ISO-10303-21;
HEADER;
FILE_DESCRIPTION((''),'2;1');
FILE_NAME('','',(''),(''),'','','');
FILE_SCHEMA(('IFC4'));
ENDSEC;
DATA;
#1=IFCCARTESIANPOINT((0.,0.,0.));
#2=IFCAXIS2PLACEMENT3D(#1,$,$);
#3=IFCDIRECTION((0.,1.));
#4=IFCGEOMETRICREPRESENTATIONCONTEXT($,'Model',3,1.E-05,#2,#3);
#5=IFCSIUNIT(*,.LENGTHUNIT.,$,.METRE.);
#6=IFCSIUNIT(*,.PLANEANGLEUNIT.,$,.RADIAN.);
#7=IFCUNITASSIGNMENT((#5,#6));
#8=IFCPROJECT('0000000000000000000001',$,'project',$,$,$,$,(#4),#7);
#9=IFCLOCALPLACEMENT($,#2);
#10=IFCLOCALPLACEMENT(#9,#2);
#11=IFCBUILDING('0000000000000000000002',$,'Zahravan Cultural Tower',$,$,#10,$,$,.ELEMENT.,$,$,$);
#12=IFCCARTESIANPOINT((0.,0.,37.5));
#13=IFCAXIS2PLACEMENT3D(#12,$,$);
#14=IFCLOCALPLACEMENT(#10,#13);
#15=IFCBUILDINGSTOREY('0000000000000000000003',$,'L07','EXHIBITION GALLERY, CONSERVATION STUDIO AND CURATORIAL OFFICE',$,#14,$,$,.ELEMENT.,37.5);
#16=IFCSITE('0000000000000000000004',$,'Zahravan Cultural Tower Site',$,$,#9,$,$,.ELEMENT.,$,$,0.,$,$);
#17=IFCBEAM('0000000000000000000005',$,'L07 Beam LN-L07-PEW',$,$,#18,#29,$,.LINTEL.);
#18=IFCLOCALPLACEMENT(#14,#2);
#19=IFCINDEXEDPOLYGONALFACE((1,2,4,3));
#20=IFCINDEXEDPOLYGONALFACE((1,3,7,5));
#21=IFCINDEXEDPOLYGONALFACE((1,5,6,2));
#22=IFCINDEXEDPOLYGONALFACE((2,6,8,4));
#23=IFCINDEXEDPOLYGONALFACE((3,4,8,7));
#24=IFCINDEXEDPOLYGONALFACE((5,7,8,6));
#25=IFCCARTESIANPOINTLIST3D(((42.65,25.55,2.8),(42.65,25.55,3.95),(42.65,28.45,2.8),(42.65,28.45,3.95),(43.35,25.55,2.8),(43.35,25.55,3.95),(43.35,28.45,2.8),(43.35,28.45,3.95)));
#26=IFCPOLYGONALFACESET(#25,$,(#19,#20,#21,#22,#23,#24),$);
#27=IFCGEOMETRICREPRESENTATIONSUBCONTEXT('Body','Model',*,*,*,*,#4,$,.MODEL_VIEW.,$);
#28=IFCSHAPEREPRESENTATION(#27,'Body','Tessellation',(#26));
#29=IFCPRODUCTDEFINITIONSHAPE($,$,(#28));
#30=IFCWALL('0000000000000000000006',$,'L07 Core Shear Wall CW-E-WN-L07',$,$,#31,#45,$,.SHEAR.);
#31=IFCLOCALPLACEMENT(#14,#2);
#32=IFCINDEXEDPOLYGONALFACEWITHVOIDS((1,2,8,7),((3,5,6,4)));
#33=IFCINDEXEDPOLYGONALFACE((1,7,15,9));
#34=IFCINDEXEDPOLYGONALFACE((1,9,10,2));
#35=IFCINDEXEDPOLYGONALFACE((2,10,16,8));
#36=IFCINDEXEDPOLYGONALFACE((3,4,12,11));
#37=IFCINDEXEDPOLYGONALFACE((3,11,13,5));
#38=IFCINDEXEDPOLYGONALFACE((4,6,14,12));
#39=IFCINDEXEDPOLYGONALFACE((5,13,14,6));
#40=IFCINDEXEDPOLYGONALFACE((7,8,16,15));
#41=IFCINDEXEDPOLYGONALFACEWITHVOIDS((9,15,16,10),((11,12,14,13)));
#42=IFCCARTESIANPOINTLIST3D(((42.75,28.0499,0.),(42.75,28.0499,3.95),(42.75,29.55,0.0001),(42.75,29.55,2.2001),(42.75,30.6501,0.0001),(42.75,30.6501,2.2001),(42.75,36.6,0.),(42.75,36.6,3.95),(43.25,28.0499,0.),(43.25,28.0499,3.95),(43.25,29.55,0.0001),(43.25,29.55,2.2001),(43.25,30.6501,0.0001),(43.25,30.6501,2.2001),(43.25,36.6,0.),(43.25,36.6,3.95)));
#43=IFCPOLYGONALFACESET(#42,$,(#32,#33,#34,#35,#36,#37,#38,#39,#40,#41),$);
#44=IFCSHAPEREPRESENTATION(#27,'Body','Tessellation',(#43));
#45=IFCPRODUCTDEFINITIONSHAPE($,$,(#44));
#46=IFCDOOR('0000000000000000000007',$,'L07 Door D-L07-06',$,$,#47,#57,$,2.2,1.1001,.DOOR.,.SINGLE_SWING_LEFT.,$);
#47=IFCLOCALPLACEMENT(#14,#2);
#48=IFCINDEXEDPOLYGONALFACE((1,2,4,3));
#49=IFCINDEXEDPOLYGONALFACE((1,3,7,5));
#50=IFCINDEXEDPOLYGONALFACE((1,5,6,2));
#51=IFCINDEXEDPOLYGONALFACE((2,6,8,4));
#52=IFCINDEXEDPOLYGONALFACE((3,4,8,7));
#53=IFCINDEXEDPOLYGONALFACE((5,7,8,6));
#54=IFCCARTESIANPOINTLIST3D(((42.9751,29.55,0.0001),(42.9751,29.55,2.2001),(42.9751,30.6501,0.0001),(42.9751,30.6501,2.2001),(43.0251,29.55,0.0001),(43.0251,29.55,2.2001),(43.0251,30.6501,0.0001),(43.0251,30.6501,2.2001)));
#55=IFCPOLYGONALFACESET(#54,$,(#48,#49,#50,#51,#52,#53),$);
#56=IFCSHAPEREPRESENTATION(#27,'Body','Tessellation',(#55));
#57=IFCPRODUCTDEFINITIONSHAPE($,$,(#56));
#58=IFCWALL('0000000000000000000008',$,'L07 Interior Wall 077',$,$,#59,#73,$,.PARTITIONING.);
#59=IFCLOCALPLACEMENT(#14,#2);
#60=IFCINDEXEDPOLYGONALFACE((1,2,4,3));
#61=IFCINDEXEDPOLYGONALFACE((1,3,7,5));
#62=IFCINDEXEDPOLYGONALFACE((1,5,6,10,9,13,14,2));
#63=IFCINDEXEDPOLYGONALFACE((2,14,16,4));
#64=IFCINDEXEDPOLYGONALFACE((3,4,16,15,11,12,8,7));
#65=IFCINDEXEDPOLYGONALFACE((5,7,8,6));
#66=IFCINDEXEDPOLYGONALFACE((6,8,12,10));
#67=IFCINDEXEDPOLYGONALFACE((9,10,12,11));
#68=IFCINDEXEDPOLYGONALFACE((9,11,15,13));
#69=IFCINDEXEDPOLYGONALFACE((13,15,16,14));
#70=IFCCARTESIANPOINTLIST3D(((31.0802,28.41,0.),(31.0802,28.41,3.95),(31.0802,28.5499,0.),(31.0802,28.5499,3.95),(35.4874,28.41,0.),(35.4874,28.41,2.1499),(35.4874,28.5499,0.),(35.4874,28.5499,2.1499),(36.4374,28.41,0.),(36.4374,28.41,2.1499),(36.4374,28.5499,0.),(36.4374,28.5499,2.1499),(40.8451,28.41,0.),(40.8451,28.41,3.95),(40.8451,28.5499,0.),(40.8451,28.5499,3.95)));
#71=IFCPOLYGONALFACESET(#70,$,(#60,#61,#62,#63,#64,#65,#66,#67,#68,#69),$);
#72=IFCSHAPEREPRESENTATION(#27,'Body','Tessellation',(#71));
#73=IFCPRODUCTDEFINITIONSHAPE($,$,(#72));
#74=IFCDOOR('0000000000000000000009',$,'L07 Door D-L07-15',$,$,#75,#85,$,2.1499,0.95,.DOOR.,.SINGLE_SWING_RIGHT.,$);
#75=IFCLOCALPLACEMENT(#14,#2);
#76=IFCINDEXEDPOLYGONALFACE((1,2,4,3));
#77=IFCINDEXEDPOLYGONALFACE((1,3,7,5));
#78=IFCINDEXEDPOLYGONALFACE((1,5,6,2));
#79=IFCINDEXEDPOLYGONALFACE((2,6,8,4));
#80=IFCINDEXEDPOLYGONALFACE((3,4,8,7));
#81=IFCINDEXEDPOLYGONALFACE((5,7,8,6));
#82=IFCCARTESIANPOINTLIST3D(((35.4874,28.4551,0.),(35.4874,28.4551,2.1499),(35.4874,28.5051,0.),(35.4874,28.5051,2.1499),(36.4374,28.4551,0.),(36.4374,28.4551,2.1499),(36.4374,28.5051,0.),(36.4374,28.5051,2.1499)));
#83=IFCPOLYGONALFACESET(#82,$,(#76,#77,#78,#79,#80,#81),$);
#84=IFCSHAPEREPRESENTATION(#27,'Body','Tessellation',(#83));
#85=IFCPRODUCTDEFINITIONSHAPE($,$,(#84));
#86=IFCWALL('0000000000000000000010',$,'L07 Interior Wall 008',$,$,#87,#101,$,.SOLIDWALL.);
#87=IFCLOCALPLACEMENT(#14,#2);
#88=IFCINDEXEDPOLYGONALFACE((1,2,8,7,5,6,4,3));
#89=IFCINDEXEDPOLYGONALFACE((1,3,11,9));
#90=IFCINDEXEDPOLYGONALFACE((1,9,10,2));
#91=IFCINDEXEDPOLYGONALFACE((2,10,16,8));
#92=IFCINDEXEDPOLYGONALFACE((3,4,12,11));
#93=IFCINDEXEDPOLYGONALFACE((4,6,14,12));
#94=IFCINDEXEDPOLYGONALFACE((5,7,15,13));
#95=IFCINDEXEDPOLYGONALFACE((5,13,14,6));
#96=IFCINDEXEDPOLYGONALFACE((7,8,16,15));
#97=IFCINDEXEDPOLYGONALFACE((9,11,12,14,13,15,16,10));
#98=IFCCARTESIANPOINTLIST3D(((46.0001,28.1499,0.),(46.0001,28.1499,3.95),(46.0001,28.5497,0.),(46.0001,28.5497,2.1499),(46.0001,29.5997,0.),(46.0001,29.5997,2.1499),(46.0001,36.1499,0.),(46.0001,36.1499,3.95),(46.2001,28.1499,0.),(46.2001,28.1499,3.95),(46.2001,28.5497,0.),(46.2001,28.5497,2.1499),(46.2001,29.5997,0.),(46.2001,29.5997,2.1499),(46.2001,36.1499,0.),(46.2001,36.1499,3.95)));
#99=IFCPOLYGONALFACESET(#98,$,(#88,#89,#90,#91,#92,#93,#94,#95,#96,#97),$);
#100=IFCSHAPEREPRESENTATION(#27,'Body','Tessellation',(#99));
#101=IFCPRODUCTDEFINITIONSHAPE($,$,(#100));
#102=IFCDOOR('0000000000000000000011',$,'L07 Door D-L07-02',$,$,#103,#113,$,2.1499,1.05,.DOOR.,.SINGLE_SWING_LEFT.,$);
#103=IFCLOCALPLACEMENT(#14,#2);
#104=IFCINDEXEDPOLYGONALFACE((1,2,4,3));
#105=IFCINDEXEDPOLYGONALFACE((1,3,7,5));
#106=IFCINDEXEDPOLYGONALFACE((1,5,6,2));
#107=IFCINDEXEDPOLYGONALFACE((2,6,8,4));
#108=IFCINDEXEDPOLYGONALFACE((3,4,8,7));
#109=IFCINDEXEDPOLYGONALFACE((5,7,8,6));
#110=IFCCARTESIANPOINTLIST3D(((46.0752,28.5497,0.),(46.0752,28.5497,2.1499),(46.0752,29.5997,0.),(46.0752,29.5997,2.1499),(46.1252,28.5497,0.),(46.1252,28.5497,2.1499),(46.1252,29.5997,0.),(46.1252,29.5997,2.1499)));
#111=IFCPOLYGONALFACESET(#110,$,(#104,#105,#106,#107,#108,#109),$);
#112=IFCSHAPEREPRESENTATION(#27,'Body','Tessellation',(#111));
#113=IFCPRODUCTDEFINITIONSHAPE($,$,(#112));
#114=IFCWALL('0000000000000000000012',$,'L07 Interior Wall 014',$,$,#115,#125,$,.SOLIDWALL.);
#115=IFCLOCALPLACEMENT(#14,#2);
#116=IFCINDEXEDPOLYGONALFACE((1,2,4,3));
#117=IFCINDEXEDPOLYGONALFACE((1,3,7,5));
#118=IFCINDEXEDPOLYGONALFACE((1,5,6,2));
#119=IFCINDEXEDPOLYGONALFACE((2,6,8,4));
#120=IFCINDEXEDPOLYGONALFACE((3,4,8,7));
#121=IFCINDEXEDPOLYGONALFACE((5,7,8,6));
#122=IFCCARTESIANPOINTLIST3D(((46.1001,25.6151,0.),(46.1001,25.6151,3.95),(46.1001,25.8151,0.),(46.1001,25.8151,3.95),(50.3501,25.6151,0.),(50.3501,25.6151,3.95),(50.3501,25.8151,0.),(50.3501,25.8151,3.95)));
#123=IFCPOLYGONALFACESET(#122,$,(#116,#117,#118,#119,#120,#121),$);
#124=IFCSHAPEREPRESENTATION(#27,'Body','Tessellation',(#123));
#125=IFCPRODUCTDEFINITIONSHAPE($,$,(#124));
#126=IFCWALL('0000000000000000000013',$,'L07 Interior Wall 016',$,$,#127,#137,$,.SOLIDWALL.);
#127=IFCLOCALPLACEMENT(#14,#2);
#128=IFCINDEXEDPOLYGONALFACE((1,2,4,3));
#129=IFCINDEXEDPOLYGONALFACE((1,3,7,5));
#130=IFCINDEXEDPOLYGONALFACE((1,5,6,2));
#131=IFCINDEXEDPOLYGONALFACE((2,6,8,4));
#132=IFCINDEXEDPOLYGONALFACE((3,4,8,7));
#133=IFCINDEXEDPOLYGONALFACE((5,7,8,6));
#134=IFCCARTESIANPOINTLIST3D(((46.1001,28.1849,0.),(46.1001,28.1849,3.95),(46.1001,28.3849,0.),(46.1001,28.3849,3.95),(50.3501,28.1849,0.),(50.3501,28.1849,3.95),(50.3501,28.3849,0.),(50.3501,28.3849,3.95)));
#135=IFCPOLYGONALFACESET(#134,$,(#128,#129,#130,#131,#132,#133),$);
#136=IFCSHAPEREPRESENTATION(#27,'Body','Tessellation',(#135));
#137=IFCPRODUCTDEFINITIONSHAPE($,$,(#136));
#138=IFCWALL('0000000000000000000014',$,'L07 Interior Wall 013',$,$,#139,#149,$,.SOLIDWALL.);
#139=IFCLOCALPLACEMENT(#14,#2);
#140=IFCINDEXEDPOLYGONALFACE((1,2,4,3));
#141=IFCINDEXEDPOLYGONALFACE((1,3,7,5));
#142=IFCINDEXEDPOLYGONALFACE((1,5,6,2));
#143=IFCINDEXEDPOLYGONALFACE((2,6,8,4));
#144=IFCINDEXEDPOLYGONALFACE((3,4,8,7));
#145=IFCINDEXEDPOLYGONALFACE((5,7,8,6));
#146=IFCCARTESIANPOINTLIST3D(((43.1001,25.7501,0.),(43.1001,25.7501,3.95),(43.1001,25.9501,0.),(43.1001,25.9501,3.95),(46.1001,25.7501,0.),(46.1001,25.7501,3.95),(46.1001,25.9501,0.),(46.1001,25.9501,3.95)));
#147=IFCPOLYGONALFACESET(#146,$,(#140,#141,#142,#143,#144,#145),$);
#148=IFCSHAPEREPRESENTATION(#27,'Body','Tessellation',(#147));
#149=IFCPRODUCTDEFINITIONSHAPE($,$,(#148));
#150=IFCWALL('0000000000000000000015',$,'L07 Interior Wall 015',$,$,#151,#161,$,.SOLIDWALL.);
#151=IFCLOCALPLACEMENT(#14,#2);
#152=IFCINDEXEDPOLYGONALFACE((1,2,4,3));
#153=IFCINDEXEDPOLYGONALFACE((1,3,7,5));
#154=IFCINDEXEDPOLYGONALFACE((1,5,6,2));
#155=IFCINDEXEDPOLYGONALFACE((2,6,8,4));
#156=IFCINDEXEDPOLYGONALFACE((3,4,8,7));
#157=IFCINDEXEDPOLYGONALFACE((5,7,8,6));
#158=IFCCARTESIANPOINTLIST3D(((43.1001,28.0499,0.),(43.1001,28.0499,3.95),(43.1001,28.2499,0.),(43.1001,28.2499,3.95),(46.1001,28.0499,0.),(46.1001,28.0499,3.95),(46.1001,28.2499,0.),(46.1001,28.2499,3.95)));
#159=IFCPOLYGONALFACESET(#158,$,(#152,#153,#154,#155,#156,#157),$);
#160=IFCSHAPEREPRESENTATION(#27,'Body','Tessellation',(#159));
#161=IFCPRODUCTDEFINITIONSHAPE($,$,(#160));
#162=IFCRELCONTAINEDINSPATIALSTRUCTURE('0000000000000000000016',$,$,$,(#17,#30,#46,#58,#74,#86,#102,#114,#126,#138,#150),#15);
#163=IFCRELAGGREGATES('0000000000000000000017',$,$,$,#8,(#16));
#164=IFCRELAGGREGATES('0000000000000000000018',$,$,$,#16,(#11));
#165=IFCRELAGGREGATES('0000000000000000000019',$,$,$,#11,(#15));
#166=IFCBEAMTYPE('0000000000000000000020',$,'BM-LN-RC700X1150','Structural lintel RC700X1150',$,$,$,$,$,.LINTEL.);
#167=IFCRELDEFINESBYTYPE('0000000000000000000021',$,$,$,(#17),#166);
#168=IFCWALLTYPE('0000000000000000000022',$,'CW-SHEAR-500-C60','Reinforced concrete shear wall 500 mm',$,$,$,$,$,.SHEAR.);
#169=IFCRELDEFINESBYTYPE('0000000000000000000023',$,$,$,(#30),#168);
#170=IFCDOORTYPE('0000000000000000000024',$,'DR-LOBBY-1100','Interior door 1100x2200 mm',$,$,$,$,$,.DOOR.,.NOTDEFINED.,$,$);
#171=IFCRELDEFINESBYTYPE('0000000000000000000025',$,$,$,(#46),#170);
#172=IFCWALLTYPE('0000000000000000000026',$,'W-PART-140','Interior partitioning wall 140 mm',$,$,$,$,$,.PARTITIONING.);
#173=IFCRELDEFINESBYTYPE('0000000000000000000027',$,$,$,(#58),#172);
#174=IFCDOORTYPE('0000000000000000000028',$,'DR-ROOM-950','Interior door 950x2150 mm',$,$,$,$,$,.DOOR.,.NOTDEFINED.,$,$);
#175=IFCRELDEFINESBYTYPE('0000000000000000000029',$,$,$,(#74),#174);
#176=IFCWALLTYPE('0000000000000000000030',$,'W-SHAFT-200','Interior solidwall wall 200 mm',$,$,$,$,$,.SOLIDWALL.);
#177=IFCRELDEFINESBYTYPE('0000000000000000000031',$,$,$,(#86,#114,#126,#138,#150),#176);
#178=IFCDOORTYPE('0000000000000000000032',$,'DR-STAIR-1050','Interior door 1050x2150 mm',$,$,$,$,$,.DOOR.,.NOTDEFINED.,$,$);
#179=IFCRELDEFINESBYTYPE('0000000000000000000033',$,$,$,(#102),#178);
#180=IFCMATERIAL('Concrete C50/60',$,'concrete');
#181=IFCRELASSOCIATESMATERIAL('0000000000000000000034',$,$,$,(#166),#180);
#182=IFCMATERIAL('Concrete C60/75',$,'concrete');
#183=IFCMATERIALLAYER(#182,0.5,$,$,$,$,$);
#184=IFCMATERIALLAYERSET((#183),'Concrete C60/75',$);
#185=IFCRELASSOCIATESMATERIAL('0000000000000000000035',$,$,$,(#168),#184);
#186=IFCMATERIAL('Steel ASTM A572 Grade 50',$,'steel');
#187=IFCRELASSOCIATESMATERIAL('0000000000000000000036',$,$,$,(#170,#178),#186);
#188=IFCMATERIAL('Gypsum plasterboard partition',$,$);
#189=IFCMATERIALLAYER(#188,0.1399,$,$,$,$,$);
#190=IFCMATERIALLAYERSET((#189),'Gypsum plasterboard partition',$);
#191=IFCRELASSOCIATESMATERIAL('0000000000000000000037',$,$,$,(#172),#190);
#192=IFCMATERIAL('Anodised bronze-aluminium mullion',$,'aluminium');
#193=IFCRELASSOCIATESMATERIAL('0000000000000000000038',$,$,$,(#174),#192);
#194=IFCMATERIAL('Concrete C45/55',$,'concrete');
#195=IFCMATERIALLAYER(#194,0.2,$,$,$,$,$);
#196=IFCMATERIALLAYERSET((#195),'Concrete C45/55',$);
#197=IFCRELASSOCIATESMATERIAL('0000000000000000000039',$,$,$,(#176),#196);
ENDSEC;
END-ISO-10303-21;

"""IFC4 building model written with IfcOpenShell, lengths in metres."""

from ifc_helpers import new_model, si_unit, direction, frame, frame_2d, origin, origin_2d, place, context, subcontext, project, spatial, rectangle, extrude, source, transform, mapped, material, layer, layer_set, material_profile, profile_set, type_object, element, fill, save


model = new_model("IFC4")

# Units and contexts
model_context = context("Model", 3, precision=1e-05, world=origin(), true_north=direction((0.0, 1.0)))
body_context = subcontext(model_context, "Body", "Model", "MODEL_VIEW")
ifc_project = project(units=[si_unit("LENGTHUNIT", "METRE"), si_unit("PLANEANGLEUNIT", "RADIAN")], contexts=[model_context])

# Site, building, storey
site_placement = place(None, origin())
site = spatial("IfcSite", under=ifc_project, at=site_placement, Name="Zahravan Cultural Tower Site", CompositionType="ELEMENT", RefElevation=0.0)
building_placement = place(site_placement, origin())
building = spatial("IfcBuilding", under=site, at=building_placement, Name="Zahravan Cultural Tower", CompositionType="ELEMENT")
storey_placement = place(building_placement, frame((0.0, 0.0, 37.5)))
storey = spatial("IfcBuildingStorey", under=building, at=storey_placement, Name="L07", Description="EXHIBITION GALLERY, CONSERVATION STUDIO AND CURATORIAL OFFICE", CompositionType="ELEMENT", Elevation=37.5)

# Beam
ifc_material_1 = material(Name="Concrete C50/60", Category="concrete")
ifc_material_profile = material_profile(ifc_material_1, rectangle(XDim=0.7, YDim=1.1499, at=origin_2d()), Name="RC700X1150")
ifc_profile_set = profile_set([ifc_material_profile], Name="Concrete C50/60")
beam_type = type_object("IfcBeamType", Name="BM-LN-RC700X1150", Description="Structural lintel RC700X1150", PredefinedType="LINTEL", material=ifc_profile_set)
shared_shape_1 = source(origin(), body_context, "Body", "SweptSolid", [
    extrude(rectangle(XDim=0.7, YDim=1.1499, at=origin_2d()), origin(), (0.0, 0.0, 1.0), 2.8999),
])
beam_placement = place(storey_placement, frame((43.0, 25.55, 3.375), z_axis=(0.0, 1.0, 0.0), x_axis=(-1.0, 0.0, 0.0)))
element("IfcBeam", 1, at=beam_placement, inside=storey, type_object=beam_type, Name="L07 Beam LN-L07-PEW", PredefinedType="LINTEL", context=body_context, shape_type="MappedRepresentation", body=[
    mapped(shared_shape_1, transform((0.0, 0.0, 0.0), x_axis=(1.0, 0.0, 0.0), y_axis=(0.0, 1.0, 0.0), z_axis=(0.0, 0.0, 1.0), scale=1.0)),
])

# Walls, openings, doors
ifc_material_2 = material(Name="Concrete C60/75", Category="concrete")
ifc_layer_1 = layer(ifc_material_2, 0.5)
ifc_layer_set_1 = layer_set([ifc_layer_1], Name="Concrete C60/75")
wall_type_1 = type_object("IfcWallType", Name="CW-SHEAR-500-C60", Description="Reinforced concrete shear wall 500 mm", PredefinedType="SHEAR", material=ifc_layer_set_1)
wall_1_placement = place(storey_placement, frame((43.0, 28.05, 0.0), z_axis=(0.0, 0.0, 1.0), x_axis=(0.0, 1.0, 0.0)))
wall_1 = element("IfcWall", 2, at=wall_1_placement, inside=storey, type_object=wall_type_1, Name="L07 Core Shear Wall CW-E-WN-L07", PredefinedType="SHEAR", context=body_context, shape_type="SweptSolid", body=[
    extrude(rectangle(XDim=8.55, YDim=0.5, at=frame_2d((4.2749, 0.0))), origin(), (0.0, 0.0, 1.0), 3.95),
])
opening_1_placement = place(wall_1_placement, frame((1.5, 0.0, 0.0)))
opening_1 = element("IfcOpeningElement", 3, at=opening_1_placement, cuts=wall_1, PredefinedType="OPENING", context=body_context, shape_type="SweptSolid", body=[
    extrude(rectangle(XDim=1.1001, YDim=2.2, at=frame_2d((0.55, 1.1001))), frame((0.0, 0.26, 0.0), z_axis=(0.0, -1.0, 0.0), x_axis=(1.0, 0.0, 0.0)), (0.0, 0.0, 1.0), 0.52),
])
ifc_material_3 = material(Name="Steel ASTM A572 Grade 50", Category="steel")
door_type_1 = type_object("IfcDoorType", Name="DR-LOBBY-1100", Description="Interior door 1100x2200 mm", OperationType="NOTDEFINED", PredefinedType="DOOR", material=ifc_material_3)
shared_shape_2 = source(origin(), body_context, "Body", "SweptSolid", [
    extrude(rectangle(XDim=1.1001, YDim=2.2, at=frame_2d((0.55, 1.1001))), frame((0.0, 0.0249, 0.0), z_axis=(0.0, -1.0, 0.0), x_axis=(1.0, 0.0, 0.0)), (0.0, 0.0, 1.0), 0.05),
])
door_1_placement = place(opening_1_placement, origin())
door_1 = element("IfcDoor", 4, at=door_1_placement, inside=storey, type_object=door_type_1, Name="L07 Door D-L07-06", OperationType="SINGLE_SWING_LEFT", OverallHeight=2.2, OverallWidth=1.1001, PredefinedType="DOOR", context=body_context, shape_type="MappedRepresentation", body=[
    mapped(shared_shape_2, transform((0.0, 0.0, 0.0), x_axis=(1.0, 0.0, 0.0), y_axis=(0.0, 1.0, 0.0), z_axis=(0.0, 0.0, 1.0), scale=1.0)),
])
fill(opening_1, door_1)
ifc_material_4 = material(Name="Gypsum plasterboard partition")
ifc_layer_2 = layer(ifc_material_4, 0.1399)
ifc_layer_set_2 = layer_set([ifc_layer_2], Name="Gypsum plasterboard partition")
wall_type_2 = type_object("IfcWallType", Name="W-PART-140", Description="Interior partitioning wall 140 mm", PredefinedType="PARTITIONING", material=ifc_layer_set_2)
wall_2_placement = place(storey_placement, frame((40.845, 28.48, 0.0), z_axis=(0.0, 0.0, 1.0), x_axis=(-1.0, 0.0, 0.0)))
wall_2 = element("IfcWall", 5, at=wall_2_placement, inside=storey, type_object=wall_type_2, Name="L07 Interior Wall 077", PredefinedType="PARTITIONING", context=body_context, shape_type="SweptSolid", body=[
    extrude(rectangle(XDim=9.7649, YDim=0.1399, at=frame_2d((4.8823, 0.0))), origin(), (0.0, 0.0, 1.0), 3.95),
])
opening_2_placement = place(wall_2_placement, frame((4.4075, 0.0, 0.0)))
opening_2 = element("IfcOpeningElement", 6, at=opening_2_placement, cuts=wall_2, PredefinedType="OPENING", context=body_context, shape_type="SweptSolid", body=[
    extrude(rectangle(XDim=0.95, YDim=2.1499, at=frame_2d((0.4751, 1.075))), frame((0.0, 0.0798, 0.0), z_axis=(0.0, -1.0, 0.0), x_axis=(1.0, 0.0, 0.0)), (0.0, 0.0, 1.0), 0.1599),
])
ifc_material_5 = material(Name="Anodised bronze-aluminium mullion", Category="aluminium")
door_type_2 = type_object("IfcDoorType", Name="DR-ROOM-950", Description="Interior door 950x2150 mm", OperationType="NOTDEFINED", PredefinedType="DOOR", material=ifc_material_5)
shared_shape_3 = source(origin(), body_context, "Body", "SweptSolid", [
    extrude(rectangle(XDim=0.95, YDim=2.1499, at=frame_2d((0.4751, 1.075))), frame((0.0, 0.0249, 0.0), z_axis=(0.0, -1.0, 0.0), x_axis=(1.0, 0.0, 0.0)), (0.0, 0.0, 1.0), 0.05),
])
door_2_placement = place(opening_2_placement, origin())
door_2 = element("IfcDoor", 7, at=door_2_placement, inside=storey, type_object=door_type_2, Name="L07 Door D-L07-15", OperationType="SINGLE_SWING_RIGHT", OverallHeight=2.1499, OverallWidth=0.95, PredefinedType="DOOR", context=body_context, shape_type="MappedRepresentation", body=[
    mapped(shared_shape_3, transform((0.0, 0.0, 0.0), x_axis=(1.0, 0.0, 0.0), y_axis=(0.0, 1.0, 0.0), z_axis=(0.0, 0.0, 1.0), scale=1.0)),
])
fill(opening_2, door_2)
ifc_material_6 = material(Name="Concrete C45/55", Category="concrete")
ifc_layer_3 = layer(ifc_material_6, 0.2)
ifc_layer_set_3 = layer_set([ifc_layer_3], Name="Concrete C45/55")
wall_type_3 = type_object("IfcWallType", Name="W-SHAFT-200", Description="Interior solidwall wall 200 mm", PredefinedType="SOLIDWALL", material=ifc_layer_set_3)
wall_3_placement = place(storey_placement, frame((46.1001, 28.1499, 0.0), z_axis=(0.0, 0.0, 1.0), x_axis=(0.0, 1.0, 0.0)))
wall_3 = element("IfcWall", 8, at=wall_3_placement, inside=storey, type_object=wall_type_3, Name="L07 Interior Wall 008", PredefinedType="SOLIDWALL", context=body_context, shape_type="SweptSolid", body=[
    extrude(rectangle(XDim=8.0, YDim=0.2, at=frame_2d((4.0, 0.0))), origin(), (0.0, 0.0, 1.0), 3.95),
])
opening_3_placement = place(wall_3_placement, frame((0.3999, 0.0, 0.0)))
opening_3 = element("IfcOpeningElement", 9, at=opening_3_placement, cuts=wall_3, PredefinedType="OPENING", context=body_context, shape_type="SweptSolid", body=[
    extrude(rectangle(XDim=1.05, YDim=2.1499, at=frame_2d((0.5249, 1.075))), frame((0.0, 0.1099, 0.0), z_axis=(0.0, -1.0, 0.0), x_axis=(1.0, 0.0, 0.0)), (0.0, 0.0, 1.0), 0.22),
])
door_type_3 = type_object("IfcDoorType", Name="DR-STAIR-1050", Description="Interior door 1050x2150 mm", OperationType="NOTDEFINED", PredefinedType="DOOR", material=ifc_material_3)
shared_shape_4 = source(origin(), body_context, "Body", "SweptSolid", [
    extrude(rectangle(XDim=1.05, YDim=2.1499, at=frame_2d((0.5249, 1.075))), frame((0.0, 0.0249, 0.0), z_axis=(0.0, -1.0, 0.0), x_axis=(1.0, 0.0, 0.0)), (0.0, 0.0, 1.0), 0.05),
])
door_3_placement = place(opening_3_placement, origin())
door_3 = element("IfcDoor", 10, at=door_3_placement, inside=storey, type_object=door_type_3, Name="L07 Door D-L07-02", OperationType="SINGLE_SWING_LEFT", OverallHeight=2.1499, OverallWidth=1.05, PredefinedType="DOOR", context=body_context, shape_type="MappedRepresentation", body=[
    mapped(shared_shape_4, transform((0.0, 0.0, 0.0), x_axis=(1.0, 0.0, 0.0), y_axis=(0.0, 1.0, 0.0), z_axis=(0.0, 0.0, 1.0), scale=1.0)),
])
fill(opening_3, door_3)

# Walls
shared_shape_5 = source(origin(), body_context, "Body", "SweptSolid", [
    extrude(rectangle(XDim=4.25, YDim=0.2, at=frame_2d((2.125, 0.0))), origin(), (0.0, 0.0, 1.0), 3.95),
])
for number, where, z_axis, x_axis, name in (
    (11, (46.1001, 25.7151, 0.0), (0.0, 0.0, 1.0), (1.0, 0.0, 0.0), "L07 Interior Wall 014"),
    (12, (46.1001, 28.2849, 0.0), (0.0, 0.0, 1.0), (1.0, 0.0, 0.0), "L07 Interior Wall 016"),
):
    element("IfcWall", number, at=place(storey_placement, frame(where, z_axis=z_axis, x_axis=x_axis)), inside=storey, type_object=wall_type_3, Name=name, PredefinedType="SOLIDWALL", context=body_context, shape_type="MappedRepresentation", body=[
        mapped(shared_shape_5, transform((0.0, 0.0, 0.0), x_axis=(1.0, 0.0, 0.0), y_axis=(0.0, 1.0, 0.0), z_axis=(0.0, 0.0, 1.0), scale=1.0)),
    ])
shared_shape_6 = source(origin(), body_context, "Body", "SweptSolid", [
    extrude(rectangle(XDim=3.0, YDim=0.2, at=frame_2d((1.5, 0.0))), origin(), (0.0, 0.0, 1.0), 3.95),
])
for number, where, z_axis, x_axis, name in (
    (13, (43.1001, 25.8501, 0.0), (0.0, 0.0, 1.0), (1.0, 0.0, 0.0), "L07 Interior Wall 013"),
    (14, (43.1001, 28.1499, 0.0), (0.0, 0.0, 1.0), (1.0, 0.0, 0.0), "L07 Interior Wall 015"),
):
    element("IfcWall", number, at=place(storey_placement, frame(where, z_axis=z_axis, x_axis=x_axis)), inside=storey, type_object=wall_type_3, Name=name, PredefinedType="SOLIDWALL", context=body_context, shape_type="MappedRepresentation", body=[
        mapped(shared_shape_6, transform((0.0, 0.0, 0.0), x_axis=(1.0, 0.0, 0.0), y_axis=(0.0, 1.0, 0.0), z_axis=(0.0, 0.0, 1.0), scale=1.0)),
    ])

save(model, "model.ifc")
